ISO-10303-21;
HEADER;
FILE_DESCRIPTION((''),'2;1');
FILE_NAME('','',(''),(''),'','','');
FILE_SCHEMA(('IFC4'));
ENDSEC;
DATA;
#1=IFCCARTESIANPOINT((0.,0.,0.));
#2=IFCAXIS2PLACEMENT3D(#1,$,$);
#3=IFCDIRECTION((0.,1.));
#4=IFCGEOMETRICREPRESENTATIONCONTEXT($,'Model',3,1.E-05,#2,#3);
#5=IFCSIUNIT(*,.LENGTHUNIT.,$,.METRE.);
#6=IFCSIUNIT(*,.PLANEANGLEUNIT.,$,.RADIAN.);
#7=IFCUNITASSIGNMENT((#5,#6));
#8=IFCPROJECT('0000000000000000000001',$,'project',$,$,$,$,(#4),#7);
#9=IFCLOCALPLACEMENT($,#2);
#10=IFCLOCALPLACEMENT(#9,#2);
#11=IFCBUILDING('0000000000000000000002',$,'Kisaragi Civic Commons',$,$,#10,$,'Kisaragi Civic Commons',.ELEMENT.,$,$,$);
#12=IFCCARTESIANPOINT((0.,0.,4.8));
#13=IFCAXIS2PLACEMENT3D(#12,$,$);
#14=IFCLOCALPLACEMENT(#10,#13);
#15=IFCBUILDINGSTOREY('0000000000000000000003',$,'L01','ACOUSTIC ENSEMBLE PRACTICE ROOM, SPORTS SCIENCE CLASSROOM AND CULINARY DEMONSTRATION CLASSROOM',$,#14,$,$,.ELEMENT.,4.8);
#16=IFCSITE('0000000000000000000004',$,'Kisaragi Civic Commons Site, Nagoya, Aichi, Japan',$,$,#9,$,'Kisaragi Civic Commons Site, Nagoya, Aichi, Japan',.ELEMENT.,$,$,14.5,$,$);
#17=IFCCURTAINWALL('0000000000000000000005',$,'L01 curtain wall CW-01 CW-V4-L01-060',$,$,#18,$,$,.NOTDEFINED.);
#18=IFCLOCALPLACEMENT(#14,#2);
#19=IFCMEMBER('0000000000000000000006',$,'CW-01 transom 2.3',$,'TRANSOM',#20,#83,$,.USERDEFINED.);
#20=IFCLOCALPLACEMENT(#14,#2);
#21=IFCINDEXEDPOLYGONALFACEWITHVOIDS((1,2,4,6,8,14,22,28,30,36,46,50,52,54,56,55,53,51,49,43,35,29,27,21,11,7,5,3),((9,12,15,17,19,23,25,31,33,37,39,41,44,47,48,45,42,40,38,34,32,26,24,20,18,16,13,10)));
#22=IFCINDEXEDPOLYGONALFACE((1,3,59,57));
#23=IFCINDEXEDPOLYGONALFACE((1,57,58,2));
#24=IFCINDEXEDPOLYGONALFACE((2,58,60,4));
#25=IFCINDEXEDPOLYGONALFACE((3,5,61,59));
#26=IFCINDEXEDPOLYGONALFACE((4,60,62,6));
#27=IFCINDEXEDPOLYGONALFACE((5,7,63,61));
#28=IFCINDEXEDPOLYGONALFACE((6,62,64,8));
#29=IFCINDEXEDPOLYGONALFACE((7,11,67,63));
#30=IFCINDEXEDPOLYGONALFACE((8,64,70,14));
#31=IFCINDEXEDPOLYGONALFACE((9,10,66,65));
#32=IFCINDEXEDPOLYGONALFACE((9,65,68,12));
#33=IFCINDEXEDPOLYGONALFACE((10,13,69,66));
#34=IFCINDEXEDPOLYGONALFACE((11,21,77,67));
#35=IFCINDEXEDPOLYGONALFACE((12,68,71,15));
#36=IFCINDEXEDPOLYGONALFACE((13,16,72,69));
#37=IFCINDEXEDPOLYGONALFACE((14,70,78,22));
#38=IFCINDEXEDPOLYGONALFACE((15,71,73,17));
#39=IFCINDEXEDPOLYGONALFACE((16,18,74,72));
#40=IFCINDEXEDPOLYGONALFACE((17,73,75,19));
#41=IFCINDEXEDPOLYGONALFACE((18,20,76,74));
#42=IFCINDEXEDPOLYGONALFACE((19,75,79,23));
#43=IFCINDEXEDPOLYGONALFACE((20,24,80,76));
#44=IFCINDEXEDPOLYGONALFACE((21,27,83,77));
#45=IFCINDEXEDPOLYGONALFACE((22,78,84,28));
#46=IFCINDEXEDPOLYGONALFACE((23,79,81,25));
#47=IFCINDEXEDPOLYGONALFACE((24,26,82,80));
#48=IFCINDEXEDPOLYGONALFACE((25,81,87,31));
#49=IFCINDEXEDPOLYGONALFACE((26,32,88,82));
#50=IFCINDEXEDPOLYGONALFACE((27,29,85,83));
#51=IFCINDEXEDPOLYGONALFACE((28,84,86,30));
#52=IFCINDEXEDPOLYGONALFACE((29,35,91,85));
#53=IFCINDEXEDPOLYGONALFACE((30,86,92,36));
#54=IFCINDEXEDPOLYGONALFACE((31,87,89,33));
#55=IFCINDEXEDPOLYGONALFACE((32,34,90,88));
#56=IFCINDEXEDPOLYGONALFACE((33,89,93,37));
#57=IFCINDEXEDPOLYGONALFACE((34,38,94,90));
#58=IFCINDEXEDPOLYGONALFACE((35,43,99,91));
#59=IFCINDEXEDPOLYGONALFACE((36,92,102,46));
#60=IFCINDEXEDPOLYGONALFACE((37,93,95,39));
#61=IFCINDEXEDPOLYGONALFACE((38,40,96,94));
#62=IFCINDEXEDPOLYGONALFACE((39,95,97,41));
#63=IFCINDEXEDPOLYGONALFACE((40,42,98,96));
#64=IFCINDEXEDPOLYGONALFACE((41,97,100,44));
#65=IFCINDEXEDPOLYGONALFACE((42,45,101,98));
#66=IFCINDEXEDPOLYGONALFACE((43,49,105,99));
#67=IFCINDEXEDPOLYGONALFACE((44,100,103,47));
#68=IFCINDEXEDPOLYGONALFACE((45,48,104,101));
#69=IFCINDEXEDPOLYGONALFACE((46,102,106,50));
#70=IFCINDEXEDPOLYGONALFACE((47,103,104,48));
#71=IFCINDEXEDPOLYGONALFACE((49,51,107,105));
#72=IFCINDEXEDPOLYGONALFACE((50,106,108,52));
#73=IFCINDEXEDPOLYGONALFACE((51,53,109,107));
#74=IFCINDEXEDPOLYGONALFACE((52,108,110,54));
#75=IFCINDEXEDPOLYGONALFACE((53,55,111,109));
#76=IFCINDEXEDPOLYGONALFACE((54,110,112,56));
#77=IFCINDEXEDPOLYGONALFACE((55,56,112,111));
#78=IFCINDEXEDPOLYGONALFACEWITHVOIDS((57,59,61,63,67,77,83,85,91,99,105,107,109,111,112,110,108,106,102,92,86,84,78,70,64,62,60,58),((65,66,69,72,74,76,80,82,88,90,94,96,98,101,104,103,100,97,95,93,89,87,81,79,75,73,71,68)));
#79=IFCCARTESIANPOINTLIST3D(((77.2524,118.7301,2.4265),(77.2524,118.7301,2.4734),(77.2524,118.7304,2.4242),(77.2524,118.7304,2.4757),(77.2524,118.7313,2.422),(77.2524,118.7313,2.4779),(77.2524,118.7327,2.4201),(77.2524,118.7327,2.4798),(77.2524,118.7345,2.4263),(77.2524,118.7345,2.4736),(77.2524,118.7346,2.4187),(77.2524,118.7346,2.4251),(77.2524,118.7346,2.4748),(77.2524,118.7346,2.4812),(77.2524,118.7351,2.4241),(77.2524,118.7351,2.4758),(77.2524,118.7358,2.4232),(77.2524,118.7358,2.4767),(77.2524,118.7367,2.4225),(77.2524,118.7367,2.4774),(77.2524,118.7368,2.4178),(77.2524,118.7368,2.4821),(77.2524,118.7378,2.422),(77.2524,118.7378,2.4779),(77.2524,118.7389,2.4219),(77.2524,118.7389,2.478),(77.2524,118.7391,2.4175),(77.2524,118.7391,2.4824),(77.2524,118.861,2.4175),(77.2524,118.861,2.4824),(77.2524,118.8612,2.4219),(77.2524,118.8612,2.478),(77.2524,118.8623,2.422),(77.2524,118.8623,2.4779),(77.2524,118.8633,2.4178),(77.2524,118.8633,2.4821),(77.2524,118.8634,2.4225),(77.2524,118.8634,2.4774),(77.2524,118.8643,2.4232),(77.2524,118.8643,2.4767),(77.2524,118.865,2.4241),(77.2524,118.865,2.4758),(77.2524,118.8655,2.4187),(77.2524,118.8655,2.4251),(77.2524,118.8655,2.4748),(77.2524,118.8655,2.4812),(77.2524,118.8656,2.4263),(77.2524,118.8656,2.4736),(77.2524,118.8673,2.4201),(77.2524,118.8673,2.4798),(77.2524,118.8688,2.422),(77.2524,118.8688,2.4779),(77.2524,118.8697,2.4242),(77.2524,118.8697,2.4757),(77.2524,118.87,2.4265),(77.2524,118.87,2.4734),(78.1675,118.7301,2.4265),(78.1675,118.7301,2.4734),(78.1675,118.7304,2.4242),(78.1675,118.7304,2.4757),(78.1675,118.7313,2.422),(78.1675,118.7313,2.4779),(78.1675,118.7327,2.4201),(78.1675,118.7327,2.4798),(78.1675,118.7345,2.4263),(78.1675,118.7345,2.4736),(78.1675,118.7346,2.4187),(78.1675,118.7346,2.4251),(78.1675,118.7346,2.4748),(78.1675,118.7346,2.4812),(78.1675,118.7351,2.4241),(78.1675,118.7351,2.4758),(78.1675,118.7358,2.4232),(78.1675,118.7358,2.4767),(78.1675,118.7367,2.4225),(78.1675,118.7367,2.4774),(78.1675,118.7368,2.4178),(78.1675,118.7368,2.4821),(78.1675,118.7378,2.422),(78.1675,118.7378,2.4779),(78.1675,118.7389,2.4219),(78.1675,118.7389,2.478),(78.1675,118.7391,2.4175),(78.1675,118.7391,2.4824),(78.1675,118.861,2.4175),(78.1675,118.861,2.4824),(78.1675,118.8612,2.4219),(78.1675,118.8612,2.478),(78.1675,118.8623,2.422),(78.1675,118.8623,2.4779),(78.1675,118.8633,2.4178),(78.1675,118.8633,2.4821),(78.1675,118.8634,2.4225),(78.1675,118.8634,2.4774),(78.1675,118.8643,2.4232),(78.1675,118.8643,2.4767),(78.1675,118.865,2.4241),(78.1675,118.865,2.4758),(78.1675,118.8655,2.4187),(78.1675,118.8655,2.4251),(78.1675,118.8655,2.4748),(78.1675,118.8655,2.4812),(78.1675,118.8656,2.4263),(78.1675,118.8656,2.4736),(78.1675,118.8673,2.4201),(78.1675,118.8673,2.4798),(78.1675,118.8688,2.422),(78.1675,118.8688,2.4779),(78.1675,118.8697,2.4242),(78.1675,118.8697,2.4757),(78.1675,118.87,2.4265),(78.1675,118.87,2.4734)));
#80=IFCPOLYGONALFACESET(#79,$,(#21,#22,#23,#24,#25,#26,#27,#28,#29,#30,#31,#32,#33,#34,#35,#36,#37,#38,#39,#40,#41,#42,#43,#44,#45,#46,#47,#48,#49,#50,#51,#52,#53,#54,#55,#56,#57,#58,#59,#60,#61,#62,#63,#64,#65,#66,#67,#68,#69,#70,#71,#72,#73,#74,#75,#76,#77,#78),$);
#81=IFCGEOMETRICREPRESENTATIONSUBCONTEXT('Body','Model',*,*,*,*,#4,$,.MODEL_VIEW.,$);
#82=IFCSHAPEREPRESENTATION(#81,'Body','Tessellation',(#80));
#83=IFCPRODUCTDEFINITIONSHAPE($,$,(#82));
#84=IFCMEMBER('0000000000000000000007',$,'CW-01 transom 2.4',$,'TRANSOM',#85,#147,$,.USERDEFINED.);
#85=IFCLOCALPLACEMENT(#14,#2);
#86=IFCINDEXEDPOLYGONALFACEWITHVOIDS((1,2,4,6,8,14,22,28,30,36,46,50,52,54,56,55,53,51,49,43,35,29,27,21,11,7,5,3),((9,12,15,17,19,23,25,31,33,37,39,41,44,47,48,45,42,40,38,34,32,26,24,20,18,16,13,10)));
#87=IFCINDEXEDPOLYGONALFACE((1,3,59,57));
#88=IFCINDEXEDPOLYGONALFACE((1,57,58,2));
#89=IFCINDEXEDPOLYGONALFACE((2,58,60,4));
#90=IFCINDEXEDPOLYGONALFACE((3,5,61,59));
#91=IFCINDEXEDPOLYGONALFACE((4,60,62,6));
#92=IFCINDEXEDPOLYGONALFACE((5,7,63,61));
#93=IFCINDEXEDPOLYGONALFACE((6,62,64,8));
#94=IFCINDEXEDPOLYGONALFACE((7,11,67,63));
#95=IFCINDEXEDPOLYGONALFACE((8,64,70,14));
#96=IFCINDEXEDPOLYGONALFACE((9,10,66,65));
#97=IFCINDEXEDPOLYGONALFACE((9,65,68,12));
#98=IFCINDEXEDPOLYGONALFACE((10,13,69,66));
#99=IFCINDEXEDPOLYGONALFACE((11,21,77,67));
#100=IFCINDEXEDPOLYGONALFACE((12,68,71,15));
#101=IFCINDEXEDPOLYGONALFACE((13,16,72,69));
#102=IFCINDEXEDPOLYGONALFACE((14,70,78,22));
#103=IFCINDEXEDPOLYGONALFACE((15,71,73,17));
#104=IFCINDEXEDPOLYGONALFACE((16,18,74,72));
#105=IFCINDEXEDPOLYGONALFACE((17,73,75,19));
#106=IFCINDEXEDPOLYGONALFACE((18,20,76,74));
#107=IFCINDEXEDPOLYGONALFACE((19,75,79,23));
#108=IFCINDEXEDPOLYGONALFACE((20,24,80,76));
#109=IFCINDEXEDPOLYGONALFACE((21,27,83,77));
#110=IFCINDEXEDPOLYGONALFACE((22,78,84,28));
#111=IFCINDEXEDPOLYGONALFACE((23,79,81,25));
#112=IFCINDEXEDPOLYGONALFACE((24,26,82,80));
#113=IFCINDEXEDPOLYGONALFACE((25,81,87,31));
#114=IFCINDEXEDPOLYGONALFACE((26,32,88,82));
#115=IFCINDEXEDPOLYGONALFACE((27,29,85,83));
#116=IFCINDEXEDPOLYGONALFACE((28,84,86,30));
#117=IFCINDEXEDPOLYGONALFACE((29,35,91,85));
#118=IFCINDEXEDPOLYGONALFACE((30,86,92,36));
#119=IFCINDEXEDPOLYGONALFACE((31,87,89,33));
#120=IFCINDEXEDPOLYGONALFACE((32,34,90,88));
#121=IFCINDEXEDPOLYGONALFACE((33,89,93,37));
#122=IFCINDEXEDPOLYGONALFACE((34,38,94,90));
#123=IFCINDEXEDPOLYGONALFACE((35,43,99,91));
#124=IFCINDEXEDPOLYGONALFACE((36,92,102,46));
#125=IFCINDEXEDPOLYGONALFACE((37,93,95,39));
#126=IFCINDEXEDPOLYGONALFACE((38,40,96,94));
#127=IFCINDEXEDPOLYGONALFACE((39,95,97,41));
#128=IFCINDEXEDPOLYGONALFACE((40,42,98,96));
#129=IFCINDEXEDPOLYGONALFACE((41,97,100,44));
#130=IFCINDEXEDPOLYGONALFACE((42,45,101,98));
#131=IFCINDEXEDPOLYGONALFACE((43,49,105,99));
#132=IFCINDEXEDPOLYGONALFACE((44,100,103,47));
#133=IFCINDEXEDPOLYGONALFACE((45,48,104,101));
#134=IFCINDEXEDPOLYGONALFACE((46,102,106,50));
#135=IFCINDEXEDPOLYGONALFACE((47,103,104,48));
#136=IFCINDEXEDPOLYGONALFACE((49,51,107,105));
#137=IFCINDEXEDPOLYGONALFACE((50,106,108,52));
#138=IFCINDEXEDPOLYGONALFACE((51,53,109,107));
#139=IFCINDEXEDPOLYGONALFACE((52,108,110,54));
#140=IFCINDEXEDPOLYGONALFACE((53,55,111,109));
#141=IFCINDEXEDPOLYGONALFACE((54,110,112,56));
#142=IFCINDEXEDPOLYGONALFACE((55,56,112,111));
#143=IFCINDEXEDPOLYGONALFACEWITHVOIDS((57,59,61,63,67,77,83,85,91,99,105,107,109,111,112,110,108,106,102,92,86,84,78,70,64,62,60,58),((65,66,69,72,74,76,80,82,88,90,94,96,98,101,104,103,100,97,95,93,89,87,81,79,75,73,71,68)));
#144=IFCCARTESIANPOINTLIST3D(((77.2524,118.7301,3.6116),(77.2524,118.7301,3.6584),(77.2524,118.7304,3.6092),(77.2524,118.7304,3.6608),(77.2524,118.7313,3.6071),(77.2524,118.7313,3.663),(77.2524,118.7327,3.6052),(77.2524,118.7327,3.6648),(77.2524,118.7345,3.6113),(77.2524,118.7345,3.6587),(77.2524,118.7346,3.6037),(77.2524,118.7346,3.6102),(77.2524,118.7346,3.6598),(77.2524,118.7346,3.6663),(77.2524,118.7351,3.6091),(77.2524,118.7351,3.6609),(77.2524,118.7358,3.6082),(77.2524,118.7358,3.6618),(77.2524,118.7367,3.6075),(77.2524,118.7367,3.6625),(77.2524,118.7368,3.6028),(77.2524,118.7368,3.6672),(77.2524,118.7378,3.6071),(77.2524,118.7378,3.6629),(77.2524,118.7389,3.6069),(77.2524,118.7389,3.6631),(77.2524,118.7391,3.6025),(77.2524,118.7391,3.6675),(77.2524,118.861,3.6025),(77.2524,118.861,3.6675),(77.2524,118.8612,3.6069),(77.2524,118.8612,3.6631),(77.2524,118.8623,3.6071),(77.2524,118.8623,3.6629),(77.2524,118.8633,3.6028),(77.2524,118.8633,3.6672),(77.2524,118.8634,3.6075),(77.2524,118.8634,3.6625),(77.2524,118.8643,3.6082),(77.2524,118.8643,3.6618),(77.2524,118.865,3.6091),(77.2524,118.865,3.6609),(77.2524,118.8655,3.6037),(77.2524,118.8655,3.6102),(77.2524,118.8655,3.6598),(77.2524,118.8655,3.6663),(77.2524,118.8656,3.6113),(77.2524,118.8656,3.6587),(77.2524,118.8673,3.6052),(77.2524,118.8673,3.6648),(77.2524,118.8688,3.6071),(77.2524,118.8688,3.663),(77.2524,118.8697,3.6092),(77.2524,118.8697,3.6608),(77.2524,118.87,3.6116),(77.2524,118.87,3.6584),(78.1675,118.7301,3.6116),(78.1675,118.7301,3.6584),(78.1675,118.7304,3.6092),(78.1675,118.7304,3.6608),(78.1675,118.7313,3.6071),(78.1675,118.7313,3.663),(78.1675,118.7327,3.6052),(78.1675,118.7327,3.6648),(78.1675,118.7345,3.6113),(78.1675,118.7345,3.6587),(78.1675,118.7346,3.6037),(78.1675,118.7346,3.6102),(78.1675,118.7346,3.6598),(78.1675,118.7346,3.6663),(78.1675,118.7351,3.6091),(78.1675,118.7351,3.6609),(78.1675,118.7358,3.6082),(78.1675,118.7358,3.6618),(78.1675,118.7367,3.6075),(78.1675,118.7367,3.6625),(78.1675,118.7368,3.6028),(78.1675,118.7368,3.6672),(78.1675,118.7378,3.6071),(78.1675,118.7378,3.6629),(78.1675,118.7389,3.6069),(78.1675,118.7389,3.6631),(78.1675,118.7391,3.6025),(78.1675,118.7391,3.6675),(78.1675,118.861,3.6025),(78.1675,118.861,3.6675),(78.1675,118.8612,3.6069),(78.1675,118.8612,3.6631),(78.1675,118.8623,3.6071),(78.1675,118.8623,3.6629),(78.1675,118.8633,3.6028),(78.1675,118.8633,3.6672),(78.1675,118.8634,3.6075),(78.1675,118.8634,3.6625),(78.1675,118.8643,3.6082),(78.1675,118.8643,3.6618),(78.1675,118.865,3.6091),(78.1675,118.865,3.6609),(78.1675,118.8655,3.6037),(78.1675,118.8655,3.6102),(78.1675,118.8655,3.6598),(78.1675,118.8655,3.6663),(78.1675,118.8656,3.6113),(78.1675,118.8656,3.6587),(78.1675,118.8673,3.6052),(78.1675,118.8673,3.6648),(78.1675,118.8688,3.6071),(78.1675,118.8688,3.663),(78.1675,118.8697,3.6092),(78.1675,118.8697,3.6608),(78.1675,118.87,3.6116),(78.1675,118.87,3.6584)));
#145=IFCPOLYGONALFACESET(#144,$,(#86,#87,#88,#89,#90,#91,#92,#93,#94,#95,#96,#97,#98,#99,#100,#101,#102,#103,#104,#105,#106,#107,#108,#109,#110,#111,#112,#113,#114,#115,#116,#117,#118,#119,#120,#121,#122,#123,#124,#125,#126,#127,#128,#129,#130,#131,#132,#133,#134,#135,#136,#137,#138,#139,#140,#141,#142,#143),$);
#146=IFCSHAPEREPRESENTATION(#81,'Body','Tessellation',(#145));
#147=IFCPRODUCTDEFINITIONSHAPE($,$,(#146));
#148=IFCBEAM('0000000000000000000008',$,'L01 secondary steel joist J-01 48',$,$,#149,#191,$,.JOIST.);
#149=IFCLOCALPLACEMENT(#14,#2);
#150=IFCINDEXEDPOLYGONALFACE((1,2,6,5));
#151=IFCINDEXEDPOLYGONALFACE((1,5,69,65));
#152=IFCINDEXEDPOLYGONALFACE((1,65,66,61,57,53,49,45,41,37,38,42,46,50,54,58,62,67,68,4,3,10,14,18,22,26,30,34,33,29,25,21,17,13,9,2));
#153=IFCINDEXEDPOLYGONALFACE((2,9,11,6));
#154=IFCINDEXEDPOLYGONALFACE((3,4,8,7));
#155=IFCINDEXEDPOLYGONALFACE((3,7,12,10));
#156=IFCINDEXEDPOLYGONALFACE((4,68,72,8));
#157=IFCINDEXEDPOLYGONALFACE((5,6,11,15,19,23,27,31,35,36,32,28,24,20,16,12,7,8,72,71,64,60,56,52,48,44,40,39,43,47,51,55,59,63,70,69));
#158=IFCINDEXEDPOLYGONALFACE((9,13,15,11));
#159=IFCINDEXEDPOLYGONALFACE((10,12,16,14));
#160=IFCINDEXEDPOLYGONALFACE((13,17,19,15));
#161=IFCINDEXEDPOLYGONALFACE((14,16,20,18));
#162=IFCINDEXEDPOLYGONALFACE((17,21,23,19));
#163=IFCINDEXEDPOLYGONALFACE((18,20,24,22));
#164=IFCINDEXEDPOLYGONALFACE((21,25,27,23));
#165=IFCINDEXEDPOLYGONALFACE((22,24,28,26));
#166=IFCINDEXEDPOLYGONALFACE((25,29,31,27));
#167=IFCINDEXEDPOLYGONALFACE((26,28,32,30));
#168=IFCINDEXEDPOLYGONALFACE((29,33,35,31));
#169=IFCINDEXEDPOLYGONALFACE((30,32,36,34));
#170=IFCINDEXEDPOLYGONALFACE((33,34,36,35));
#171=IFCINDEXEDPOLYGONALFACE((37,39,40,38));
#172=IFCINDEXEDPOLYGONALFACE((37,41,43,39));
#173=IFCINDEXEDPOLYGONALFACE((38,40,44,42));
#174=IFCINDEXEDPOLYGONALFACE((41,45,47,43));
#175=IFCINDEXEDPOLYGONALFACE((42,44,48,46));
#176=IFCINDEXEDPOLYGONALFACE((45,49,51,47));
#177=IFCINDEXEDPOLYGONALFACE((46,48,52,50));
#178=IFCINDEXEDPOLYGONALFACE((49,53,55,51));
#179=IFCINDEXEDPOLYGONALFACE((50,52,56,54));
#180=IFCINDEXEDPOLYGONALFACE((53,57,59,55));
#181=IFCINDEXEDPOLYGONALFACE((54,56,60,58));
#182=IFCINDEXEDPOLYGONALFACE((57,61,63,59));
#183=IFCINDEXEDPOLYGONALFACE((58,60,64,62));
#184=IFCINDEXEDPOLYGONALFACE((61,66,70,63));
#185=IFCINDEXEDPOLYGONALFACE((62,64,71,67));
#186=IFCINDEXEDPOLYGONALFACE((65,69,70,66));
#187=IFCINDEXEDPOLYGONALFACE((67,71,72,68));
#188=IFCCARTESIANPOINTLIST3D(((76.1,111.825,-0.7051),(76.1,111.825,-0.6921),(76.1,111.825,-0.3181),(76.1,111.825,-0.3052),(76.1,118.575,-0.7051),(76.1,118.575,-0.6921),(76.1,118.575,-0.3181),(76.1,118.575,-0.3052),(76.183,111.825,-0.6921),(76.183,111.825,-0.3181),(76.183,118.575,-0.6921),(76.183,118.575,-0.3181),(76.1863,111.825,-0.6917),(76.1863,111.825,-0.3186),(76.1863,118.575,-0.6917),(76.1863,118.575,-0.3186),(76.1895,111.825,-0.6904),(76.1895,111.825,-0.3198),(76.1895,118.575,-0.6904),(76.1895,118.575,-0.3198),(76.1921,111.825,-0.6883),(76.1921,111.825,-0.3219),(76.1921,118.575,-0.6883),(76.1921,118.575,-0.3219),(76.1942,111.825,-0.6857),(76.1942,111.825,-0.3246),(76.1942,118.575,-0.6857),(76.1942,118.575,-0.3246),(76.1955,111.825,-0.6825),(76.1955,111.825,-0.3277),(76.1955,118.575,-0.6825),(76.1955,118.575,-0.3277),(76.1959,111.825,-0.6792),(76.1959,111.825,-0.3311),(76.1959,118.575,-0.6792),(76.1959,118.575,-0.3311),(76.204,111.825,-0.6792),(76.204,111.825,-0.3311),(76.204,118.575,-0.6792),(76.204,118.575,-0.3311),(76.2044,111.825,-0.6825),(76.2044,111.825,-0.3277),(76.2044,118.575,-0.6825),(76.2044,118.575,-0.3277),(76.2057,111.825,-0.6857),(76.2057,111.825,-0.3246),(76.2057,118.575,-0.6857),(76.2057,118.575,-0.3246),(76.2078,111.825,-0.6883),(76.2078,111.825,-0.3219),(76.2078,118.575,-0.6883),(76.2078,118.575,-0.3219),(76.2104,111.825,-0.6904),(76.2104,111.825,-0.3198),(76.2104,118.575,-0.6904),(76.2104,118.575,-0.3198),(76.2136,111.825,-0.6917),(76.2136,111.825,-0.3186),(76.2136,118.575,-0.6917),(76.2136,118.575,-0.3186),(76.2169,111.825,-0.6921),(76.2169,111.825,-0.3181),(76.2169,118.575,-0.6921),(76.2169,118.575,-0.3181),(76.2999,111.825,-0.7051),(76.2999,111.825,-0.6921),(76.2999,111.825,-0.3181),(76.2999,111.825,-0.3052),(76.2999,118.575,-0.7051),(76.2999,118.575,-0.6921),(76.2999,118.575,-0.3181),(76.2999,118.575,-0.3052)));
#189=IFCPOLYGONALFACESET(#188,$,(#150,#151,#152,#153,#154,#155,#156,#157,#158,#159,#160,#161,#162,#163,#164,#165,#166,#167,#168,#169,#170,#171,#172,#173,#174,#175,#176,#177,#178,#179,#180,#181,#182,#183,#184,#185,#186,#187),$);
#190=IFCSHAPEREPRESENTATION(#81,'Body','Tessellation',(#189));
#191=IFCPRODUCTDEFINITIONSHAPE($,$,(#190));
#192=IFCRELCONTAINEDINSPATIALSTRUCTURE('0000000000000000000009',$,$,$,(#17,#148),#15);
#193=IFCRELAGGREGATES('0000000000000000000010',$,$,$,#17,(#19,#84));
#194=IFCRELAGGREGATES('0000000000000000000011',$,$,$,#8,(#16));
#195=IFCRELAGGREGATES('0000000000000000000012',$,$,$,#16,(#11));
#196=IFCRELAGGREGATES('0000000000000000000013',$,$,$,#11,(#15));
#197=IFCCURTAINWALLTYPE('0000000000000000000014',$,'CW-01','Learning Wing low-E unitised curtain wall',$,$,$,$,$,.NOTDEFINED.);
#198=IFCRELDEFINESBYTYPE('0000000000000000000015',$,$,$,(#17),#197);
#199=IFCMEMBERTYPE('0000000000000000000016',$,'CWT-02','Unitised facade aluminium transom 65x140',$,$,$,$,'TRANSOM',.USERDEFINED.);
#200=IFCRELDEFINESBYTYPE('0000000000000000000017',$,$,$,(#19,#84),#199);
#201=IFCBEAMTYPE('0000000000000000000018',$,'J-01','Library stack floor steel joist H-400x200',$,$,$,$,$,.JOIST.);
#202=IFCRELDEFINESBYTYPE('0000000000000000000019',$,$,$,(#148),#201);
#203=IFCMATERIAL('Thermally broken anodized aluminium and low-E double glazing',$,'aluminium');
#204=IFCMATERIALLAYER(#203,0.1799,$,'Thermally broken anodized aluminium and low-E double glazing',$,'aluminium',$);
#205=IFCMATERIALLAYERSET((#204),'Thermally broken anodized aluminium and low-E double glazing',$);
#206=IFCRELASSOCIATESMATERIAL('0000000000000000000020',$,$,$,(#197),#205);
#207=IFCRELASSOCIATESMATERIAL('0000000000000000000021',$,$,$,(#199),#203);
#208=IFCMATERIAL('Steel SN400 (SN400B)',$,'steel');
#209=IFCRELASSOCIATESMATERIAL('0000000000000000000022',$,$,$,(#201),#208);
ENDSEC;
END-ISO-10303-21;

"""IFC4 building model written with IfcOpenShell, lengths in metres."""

from ifc_helpers import new_model, si_unit, direction, frame, origin, origin_2d, place, context, subcontext, project, spatial, hollow_rectangle, i_section, extrude, material, layer, layer_set, material_profile, profile_set, type_object, element, aggregate, save


model = new_model("IFC4")

# Units and contexts
model_context = context("Model", 3, precision=1e-05, world=origin(), true_north=direction((0.0, 1.0)))
body_context = subcontext(model_context, "Body", "Model", "MODEL_VIEW")
ifc_project = project(units=[si_unit("LENGTHUNIT", "METRE"), si_unit("PLANEANGLEUNIT", "RADIAN")], contexts=[model_context])

# Site, building, storey
site_placement = place(None, origin())
site = spatial("IfcSite", under=ifc_project, at=site_placement, Name="Kisaragi Civic Commons Site, Nagoya, Aichi, Japan", LongName="Kisaragi Civic Commons Site, Nagoya, Aichi, Japan", CompositionType="ELEMENT", RefElevation=14.5)
building_placement = place(site_placement, origin())
building = spatial("IfcBuilding", under=site, at=building_placement, Name="Kisaragi Civic Commons", LongName="Kisaragi Civic Commons", CompositionType="ELEMENT")
storey_placement = place(building_placement, frame((0.0, 0.0, 4.8)))
storey = spatial("IfcBuildingStorey", under=building, at=storey_placement, Name="L01", Description="ACOUSTIC ENSEMBLE PRACTICE ROOM, SPORTS SCIENCE CLASSROOM AND CULINARY DEMONSTRATION CLASSROOM", CompositionType="ELEMENT", Elevation=4.8)

# Shared definitions
ifc_material_1 = material(Name="Thermally broken anodized aluminium and low-E double glazing", Category="aluminium")
ifc_layer_1 = layer(ifc_material_1, 0.1799, Name="Thermally broken anodized aluminium and low-E double glazing", Category="aluminium")
ifc_layer_set_1 = layer_set([ifc_layer_1], Name="Thermally broken anodized aluminium and low-E double glazing")
curtain_wall_type = type_object("IfcCurtainWallType", Name="CW-01", Description="Learning Wing low-E unitised curtain wall", PredefinedType="NOTDEFINED", material=ifc_layer_set_1)

# Curtain wall
curtain_wall_1_placement = place(storey_placement, origin())
curtain_wall_1 = element("IfcCurtainWall", 1, at=curtain_wall_1_placement, inside=storey, type_object=curtain_wall_type, Name="L01 curtain wall CW-01 CW-V4-L01-060", PredefinedType="NOTDEFINED")

# Members
ifc_material_profile_1 = material_profile(ifc_material_1, hollow_rectangle(XDim=0.1399, YDim=0.0649, WallThickness=0.0044, InnerFilletRadius=0.0044, OuterFilletRadius=0.009, at=origin_2d()), Name="CWT-65x140x4.5", Category="aluminium")
ifc_profile_set_1 = profile_set([ifc_material_profile_1], Name="Thermally broken anodized aluminium and low-E double glazing")
member_type_1 = type_object("IfcMemberType", Name="CWT-02", Description="Unitised facade aluminium transom 65x140", ElementType="TRANSOM", PredefinedType="USERDEFINED", material=ifc_profile_set_1)
member_1_placement = place(storey_placement, frame((77.2524, 118.8, 2.45), z_axis=(1.0, 0.0, 0.0), x_axis=(0.0, 1.0, 0.0)))
member_1 = element("IfcMember", 2, at=member_1_placement, type_object=member_type_1, Name="CW-01 transom 2.3", ObjectType="TRANSOM", PredefinedType="USERDEFINED", context=body_context, shape_type="SweptSolid", body=[
    extrude(hollow_rectangle(XDim=0.1399, YDim=0.0649, WallThickness=0.0044, InnerFilletRadius=0.0044, OuterFilletRadius=0.009, at=origin_2d()), origin(), (0.0, 0.0, 1.0), 0.915),
])
member_2_placement = place(storey_placement, frame((77.2524, 118.8, 3.635), z_axis=(1.0, 0.0, 0.0), x_axis=(0.0, 1.0, 0.0)))
member_2 = element("IfcMember", 3, at=member_2_placement, type_object=member_type_1, Name="CW-01 transom 2.4", ObjectType="TRANSOM", PredefinedType="USERDEFINED", context=body_context, shape_type="SweptSolid", body=[
    extrude(hollow_rectangle(XDim=0.1399, YDim=0.0649, WallThickness=0.0044, InnerFilletRadius=0.0044, OuterFilletRadius=0.009, at=origin_2d()), origin(), (0.0, 0.0, 1.0), 0.915),
])

# Beam
ifc_material_2 = material(Name="Steel SN400 (SN400B)", Category="steel")
ifc_material_profile_2 = material_profile(ifc_material_2, i_section(OverallWidth=0.2, OverallDepth=0.3999, WebThickness=0.0081, FlangeThickness=0.0129, FilletRadius=0.0129, at=origin_2d()), Name="H-400x200x8x13", Category="steel")
ifc_profile_set_2 = profile_set([ifc_material_profile_2], Name="Steel SN400 (SN400B)")
beam_type = type_object("IfcBeamType", Name="J-01", Description="Library stack floor steel joist H-400x200", PredefinedType="JOIST", material=ifc_profile_set_2)
beam_placement = place(storey_placement, frame((76.2, 111.825, -0.5051), z_axis=(0.0, 1.0, 0.0), x_axis=(-1.0, 0.0, 0.0)))
element("IfcBeam", 4, at=beam_placement, inside=storey, type_object=beam_type, Name="L01 secondary steel joist J-01 48", PredefinedType="JOIST", context=body_context, shape_type="SweptSolid", body=[
    extrude(i_section(OverallWidth=0.2, OverallDepth=0.3999, WebThickness=0.0081, FlangeThickness=0.0129, FilletRadius=0.0129, at=origin_2d()), origin(), (0.0, 0.0, 1.0), 6.75),
])

aggregate(curtain_wall_1, [member_1, member_2])

save(model, "model.ifc")
